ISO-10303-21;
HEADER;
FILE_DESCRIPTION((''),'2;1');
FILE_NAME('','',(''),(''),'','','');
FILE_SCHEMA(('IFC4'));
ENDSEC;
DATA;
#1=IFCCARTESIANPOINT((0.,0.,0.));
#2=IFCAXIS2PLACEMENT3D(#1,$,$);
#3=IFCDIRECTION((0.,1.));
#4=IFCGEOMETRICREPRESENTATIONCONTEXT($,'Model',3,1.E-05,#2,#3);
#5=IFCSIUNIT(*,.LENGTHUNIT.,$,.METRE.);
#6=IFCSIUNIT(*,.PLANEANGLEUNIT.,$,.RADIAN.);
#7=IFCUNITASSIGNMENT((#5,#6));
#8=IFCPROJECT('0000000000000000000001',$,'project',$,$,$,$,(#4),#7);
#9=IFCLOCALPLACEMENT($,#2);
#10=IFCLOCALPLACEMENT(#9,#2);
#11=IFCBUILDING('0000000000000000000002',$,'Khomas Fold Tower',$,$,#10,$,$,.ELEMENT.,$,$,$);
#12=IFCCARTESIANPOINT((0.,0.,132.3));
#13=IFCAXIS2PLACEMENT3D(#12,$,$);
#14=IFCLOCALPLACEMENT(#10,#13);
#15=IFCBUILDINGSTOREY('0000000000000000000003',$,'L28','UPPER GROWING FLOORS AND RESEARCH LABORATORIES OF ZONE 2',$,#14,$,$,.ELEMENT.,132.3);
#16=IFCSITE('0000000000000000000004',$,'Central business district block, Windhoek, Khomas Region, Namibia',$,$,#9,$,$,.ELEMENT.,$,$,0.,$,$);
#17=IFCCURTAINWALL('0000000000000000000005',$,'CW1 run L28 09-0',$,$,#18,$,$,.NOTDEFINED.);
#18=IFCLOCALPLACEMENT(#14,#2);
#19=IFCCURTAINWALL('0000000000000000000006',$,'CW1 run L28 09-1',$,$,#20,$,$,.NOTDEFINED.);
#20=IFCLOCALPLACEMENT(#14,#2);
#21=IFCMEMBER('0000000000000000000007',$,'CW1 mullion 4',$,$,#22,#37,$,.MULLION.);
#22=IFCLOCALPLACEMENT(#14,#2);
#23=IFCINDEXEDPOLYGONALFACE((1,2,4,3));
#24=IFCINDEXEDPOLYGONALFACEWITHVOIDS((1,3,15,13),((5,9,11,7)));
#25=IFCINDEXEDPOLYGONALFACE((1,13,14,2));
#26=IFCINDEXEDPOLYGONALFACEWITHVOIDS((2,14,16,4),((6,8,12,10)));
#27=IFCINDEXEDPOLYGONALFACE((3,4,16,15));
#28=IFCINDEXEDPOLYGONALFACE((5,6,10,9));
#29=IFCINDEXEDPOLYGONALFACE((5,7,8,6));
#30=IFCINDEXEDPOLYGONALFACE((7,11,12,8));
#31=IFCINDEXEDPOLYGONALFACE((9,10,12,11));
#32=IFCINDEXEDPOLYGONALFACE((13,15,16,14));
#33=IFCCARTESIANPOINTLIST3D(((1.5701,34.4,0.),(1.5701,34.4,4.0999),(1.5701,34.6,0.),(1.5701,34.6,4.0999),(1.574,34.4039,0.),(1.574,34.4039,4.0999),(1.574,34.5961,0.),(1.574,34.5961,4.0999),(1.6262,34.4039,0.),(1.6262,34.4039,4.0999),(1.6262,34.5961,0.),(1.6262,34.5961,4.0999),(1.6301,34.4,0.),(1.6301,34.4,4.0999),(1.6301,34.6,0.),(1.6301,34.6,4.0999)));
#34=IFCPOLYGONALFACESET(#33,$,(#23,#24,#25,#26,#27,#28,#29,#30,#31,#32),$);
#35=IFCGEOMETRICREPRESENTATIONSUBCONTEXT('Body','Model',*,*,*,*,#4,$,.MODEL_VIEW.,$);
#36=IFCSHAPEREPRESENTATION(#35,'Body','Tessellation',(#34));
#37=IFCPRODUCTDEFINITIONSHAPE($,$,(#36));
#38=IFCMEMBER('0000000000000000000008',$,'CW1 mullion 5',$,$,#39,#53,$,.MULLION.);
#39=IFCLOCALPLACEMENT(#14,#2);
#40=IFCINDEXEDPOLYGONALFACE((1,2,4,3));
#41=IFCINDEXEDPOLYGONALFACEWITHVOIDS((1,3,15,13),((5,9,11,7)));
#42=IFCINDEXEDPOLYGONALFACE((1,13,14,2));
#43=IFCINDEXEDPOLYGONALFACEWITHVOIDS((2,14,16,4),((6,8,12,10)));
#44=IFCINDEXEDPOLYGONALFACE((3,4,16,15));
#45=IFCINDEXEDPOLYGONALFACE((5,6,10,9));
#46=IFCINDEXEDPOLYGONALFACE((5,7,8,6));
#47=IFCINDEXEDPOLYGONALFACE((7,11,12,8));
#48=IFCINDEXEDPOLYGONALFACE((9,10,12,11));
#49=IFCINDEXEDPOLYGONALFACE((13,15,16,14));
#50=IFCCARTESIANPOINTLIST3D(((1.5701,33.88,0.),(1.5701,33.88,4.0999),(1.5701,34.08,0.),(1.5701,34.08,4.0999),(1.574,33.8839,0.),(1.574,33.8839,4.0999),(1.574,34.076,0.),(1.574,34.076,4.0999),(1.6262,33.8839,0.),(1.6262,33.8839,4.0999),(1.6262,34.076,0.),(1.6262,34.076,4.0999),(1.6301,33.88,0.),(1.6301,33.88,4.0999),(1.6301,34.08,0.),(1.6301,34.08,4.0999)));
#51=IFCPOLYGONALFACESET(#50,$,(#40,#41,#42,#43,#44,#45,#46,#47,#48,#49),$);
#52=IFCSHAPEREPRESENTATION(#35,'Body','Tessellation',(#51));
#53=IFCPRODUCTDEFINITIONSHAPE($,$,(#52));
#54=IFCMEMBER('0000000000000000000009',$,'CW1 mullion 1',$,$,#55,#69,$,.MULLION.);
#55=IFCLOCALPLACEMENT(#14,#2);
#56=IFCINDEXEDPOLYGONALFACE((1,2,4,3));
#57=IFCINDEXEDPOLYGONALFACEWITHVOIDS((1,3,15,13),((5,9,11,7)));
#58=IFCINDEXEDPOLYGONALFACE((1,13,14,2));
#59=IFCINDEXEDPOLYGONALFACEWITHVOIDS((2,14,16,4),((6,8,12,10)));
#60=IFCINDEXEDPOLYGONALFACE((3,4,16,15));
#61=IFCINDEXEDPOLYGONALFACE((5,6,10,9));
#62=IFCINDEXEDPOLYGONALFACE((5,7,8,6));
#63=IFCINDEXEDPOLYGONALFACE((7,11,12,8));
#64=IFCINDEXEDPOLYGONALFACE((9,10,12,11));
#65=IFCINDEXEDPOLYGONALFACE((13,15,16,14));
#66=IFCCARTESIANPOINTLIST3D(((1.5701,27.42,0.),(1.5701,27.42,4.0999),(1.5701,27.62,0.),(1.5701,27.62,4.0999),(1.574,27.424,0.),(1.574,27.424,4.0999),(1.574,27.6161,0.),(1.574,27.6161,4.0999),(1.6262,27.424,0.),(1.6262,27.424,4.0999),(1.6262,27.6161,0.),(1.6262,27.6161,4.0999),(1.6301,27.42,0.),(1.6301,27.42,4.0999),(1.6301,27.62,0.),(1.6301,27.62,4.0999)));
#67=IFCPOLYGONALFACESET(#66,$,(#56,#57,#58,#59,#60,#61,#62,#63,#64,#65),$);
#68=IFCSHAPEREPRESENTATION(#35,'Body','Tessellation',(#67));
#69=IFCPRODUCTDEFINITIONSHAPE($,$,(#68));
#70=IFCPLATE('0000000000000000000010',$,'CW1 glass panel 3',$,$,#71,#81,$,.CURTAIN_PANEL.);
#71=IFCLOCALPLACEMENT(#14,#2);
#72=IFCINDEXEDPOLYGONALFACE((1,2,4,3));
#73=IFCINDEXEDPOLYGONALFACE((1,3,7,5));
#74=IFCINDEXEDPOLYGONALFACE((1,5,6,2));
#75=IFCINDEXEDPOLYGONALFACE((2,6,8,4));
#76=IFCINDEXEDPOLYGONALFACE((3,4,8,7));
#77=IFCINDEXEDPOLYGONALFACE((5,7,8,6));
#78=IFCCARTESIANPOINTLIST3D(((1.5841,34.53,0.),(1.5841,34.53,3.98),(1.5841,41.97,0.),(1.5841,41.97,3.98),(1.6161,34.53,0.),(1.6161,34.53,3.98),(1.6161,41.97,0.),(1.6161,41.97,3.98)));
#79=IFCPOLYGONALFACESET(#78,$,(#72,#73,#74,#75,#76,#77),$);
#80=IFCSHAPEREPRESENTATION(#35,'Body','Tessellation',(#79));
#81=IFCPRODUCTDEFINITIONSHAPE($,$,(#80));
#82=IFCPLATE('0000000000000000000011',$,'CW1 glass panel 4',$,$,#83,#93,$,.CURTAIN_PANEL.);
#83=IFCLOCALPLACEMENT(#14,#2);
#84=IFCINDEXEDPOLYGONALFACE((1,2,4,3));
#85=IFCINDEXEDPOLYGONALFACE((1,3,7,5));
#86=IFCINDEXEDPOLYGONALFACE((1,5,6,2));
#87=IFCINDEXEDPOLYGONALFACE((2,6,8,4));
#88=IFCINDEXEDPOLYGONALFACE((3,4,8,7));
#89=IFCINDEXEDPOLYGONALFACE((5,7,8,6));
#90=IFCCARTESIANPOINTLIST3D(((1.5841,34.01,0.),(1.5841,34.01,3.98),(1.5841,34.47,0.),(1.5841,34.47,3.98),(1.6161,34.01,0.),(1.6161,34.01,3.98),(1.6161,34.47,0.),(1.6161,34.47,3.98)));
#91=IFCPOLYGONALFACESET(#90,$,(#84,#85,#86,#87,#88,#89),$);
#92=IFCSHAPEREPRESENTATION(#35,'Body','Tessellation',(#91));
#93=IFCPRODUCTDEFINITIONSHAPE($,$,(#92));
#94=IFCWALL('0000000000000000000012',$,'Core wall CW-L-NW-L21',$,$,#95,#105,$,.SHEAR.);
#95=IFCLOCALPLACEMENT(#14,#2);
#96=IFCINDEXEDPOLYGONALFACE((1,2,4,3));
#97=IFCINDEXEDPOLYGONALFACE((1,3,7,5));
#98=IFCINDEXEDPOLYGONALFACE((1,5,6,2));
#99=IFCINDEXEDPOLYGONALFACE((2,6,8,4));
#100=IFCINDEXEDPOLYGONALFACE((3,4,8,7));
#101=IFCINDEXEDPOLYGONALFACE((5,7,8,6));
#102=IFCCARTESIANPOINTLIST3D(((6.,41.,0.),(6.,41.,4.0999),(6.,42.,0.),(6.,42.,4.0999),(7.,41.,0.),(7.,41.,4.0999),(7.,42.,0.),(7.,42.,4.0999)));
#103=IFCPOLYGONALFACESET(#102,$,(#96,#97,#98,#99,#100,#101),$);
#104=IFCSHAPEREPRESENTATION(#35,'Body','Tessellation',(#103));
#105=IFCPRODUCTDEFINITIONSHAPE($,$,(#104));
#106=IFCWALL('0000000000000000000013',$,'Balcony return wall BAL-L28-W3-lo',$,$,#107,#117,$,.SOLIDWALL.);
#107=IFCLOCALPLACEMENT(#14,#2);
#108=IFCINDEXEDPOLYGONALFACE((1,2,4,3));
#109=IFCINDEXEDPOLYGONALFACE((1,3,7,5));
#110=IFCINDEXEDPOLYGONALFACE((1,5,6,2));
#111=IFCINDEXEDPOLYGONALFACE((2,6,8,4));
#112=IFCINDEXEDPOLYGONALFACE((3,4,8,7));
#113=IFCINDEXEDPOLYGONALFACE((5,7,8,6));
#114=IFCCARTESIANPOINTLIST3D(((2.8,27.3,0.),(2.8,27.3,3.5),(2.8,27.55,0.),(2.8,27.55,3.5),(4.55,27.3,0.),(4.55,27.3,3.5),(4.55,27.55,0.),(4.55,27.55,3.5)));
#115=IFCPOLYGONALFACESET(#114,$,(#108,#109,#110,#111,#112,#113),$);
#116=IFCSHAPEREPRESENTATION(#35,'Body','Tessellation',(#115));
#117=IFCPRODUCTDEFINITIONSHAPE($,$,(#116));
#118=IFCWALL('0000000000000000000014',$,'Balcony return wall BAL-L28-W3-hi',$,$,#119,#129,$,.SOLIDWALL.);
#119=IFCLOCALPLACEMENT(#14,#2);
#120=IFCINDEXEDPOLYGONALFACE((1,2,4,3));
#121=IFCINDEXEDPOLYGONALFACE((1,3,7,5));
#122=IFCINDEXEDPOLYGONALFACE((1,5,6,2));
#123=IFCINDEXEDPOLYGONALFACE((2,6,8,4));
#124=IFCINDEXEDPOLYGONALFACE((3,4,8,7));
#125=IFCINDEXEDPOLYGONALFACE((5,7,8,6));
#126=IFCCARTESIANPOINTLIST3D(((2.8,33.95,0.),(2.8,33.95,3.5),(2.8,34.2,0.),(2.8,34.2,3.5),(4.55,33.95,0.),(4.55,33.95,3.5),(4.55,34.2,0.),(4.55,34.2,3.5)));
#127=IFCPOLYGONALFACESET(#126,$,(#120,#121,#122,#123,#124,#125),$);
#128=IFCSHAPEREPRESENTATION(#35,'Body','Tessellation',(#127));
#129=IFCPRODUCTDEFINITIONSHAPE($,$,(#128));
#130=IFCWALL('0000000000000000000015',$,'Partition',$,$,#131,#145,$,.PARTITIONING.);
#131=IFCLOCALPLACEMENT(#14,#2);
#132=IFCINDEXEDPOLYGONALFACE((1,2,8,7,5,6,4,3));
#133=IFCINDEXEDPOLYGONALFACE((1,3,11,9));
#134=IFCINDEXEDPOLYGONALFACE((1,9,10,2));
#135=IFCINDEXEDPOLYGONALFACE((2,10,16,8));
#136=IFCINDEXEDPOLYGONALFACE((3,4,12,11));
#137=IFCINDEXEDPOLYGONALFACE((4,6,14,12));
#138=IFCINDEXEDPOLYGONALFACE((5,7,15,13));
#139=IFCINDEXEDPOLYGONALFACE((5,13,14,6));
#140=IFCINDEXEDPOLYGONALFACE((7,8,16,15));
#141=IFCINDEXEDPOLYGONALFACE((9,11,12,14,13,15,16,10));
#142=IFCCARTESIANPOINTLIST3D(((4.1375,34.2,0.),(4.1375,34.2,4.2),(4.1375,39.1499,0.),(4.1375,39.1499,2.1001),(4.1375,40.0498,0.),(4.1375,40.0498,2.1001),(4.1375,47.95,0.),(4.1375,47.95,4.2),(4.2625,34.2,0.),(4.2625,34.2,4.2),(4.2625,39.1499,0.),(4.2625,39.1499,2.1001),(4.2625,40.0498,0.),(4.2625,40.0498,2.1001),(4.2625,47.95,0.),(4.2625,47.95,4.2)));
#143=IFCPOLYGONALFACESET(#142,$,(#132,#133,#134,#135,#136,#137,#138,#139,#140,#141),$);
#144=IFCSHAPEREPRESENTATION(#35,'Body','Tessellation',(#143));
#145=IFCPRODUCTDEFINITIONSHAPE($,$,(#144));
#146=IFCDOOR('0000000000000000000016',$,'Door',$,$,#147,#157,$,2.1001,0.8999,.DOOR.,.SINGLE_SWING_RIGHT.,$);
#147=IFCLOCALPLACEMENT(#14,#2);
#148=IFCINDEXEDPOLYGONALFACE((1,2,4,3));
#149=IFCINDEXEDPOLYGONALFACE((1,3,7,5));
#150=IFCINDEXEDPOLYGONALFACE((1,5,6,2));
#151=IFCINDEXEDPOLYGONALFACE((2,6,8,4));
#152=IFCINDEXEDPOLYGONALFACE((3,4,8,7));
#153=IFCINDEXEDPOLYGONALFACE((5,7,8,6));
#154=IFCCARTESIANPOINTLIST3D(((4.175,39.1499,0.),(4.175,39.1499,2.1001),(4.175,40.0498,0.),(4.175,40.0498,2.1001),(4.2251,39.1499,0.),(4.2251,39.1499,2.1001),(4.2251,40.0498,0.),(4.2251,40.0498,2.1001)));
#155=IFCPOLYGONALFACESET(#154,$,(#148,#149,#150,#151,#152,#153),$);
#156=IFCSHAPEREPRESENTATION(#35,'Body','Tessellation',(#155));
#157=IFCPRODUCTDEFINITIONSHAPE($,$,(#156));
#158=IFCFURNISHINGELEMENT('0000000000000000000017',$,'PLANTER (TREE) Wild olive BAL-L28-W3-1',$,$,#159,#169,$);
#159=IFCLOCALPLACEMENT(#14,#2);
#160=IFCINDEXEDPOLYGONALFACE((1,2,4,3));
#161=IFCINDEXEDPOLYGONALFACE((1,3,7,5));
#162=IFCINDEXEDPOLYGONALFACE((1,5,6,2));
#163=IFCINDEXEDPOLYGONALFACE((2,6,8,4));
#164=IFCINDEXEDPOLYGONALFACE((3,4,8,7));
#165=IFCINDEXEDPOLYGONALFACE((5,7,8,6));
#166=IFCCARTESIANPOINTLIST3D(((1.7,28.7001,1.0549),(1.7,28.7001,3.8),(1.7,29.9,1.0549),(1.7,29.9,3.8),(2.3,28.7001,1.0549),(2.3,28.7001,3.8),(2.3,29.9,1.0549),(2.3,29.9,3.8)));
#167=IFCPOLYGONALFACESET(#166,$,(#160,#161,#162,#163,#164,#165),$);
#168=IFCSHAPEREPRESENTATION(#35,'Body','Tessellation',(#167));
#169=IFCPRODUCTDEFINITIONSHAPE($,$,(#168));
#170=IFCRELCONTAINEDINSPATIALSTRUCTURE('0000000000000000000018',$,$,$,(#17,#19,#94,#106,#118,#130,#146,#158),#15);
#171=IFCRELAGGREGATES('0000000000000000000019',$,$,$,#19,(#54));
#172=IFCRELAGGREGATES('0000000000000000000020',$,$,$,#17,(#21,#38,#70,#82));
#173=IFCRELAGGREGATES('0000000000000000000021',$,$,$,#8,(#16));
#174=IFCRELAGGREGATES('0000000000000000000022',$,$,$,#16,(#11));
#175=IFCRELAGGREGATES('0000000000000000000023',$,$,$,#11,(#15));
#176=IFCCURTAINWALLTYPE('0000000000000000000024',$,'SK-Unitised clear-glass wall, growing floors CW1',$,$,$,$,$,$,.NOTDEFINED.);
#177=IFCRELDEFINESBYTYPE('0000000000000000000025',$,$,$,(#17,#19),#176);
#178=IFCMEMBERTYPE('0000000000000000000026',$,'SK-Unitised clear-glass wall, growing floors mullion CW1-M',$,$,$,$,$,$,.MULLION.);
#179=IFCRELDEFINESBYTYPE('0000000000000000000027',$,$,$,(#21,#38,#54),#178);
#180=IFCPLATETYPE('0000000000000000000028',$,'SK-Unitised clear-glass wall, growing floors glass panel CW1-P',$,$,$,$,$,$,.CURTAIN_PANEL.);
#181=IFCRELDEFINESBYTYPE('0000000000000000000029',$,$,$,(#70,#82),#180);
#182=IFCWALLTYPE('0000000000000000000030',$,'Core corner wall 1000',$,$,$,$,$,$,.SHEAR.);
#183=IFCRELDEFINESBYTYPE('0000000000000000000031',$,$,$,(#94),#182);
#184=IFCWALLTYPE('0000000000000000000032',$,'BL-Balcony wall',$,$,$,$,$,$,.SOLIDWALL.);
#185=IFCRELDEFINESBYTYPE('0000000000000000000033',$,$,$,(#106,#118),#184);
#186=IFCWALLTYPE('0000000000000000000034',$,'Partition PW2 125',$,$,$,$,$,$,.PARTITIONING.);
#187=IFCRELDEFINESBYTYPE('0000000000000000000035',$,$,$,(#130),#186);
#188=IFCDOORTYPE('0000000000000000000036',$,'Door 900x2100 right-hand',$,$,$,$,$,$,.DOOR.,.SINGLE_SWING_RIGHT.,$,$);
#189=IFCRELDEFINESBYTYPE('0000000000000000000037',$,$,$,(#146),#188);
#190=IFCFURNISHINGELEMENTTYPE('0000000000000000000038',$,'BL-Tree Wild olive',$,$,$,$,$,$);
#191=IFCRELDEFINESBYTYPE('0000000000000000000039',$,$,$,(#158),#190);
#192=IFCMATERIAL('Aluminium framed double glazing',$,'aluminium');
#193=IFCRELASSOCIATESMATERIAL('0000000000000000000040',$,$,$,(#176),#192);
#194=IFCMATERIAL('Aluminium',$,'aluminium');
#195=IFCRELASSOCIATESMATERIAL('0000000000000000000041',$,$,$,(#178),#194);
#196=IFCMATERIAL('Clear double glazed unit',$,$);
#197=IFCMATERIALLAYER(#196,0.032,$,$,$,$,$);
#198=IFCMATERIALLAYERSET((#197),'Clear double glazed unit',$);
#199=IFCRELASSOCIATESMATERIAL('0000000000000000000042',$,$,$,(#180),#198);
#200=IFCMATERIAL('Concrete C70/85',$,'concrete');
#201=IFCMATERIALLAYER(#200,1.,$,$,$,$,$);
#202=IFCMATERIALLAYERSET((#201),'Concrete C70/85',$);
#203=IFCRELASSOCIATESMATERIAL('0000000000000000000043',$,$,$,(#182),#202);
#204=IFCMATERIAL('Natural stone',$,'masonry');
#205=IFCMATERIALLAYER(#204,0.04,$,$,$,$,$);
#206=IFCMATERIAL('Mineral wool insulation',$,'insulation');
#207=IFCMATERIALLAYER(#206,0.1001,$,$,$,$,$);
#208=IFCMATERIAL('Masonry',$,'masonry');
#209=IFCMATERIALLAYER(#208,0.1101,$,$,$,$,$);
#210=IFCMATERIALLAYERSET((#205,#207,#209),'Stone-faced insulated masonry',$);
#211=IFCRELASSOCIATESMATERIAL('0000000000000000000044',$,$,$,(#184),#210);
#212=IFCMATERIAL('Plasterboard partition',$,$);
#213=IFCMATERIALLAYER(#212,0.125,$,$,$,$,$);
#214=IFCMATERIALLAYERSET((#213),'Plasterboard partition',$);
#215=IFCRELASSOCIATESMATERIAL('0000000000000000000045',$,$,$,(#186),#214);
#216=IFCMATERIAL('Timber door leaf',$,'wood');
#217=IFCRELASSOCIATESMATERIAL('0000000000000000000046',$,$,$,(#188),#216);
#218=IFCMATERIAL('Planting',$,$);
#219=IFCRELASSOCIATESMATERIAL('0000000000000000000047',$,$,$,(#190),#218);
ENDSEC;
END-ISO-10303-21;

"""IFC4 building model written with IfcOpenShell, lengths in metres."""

from ifc_helpers import new_model, si_unit, direction, frame, frame_2d, origin, origin_2d, place, context, subcontext, project, spatial, rectangle, hollow_rectangle, extrude, source, transform, mapped, material, layer, layer_set, material_profile, profile_set, type_object, element, fill, aggregate, save


model = new_model("IFC4")

# Units and contexts
model_context = context("Model", 3, precision=1e-05, world=origin(), true_north=direction((0.0, 1.0)))
body_context = subcontext(model_context, "Body", "Model", "MODEL_VIEW")
ifc_project = project(units=[si_unit("LENGTHUNIT", "METRE"), si_unit("PLANEANGLEUNIT", "RADIAN")], contexts=[model_context])

# Site, building, storey
site_placement = place(None, origin())
site = spatial("IfcSite", under=ifc_project, at=site_placement, Name="Central business district block, Windhoek, Khomas Region, Namibia", CompositionType="ELEMENT", RefElevation=0.0)
building_placement = place(site_placement, origin())
building = spatial("IfcBuilding", under=site, at=building_placement, Name="Khomas Fold Tower", CompositionType="ELEMENT")
storey_placement = place(building_placement, frame((0.0, 0.0, 132.3)))
storey = spatial("IfcBuildingStorey", under=building, at=storey_placement, Name="L28", Description="UPPER GROWING FLOORS AND RESEARCH LABORATORIES OF ZONE 2", CompositionType="ELEMENT", Elevation=132.3)

# Curtain wall
ifc_material_1 = material(Name="Aluminium framed double glazing", Category="aluminium")
curtain_wall_type = type_object("IfcCurtainWallType", Name="SK-Unitised clear-glass wall, growing floors CW1", PredefinedType="NOTDEFINED", material=ifc_material_1)
curtain_wall_1_placement = place(storey_placement, origin())
curtain_wall_1 = element("IfcCurtainWall", 1, at=curtain_wall_1_placement, inside=storey, type_object=curtain_wall_type, Name="CW1 run L28 09-0", PredefinedType="NOTDEFINED")

# Curtain wall
curtain_wall_2_placement = place(storey_placement, origin())
curtain_wall_2 = element("IfcCurtainWall", 2, at=curtain_wall_2_placement, inside=storey, type_object=curtain_wall_type, Name="CW1 run L28 09-1", PredefinedType="NOTDEFINED")

# Members
ifc_material_2 = material(Name="Aluminium", Category="aluminium")
ifc_material_profile_1 = material_profile(ifc_material_2, hollow_rectangle(XDim=0.0601, YDim=0.2, WallThickness=0.0039, at=origin_2d()), Name="SK-Unitised clear-glass wall, growing floors mullion CW1-M")
ifc_profile_set_1 = profile_set([ifc_material_profile_1], Name="Aluminium")
member_type_1 = type_object("IfcMemberType", Name="SK-Unitised clear-glass wall, growing floors mullion CW1-M", PredefinedType="MULLION", material=ifc_profile_set_1)
shared_shape_1 = source(origin(), body_context, "Body", "SweptSolid", [
    extrude(hollow_rectangle(XDim=0.0601, YDim=0.2, WallThickness=0.0039, at=origin_2d()), origin(), (0.0, 0.0, 1.0), 4.0999),
])
member_1_placement = place(storey_placement, frame((1.6001, 34.5, 0.0), z_axis=(0.0, 0.0, 1.0), x_axis=(1.0, 0.0, 0.0)))
member_1 = element("IfcMember", 3, at=member_1_placement, type_object=member_type_1, Name="CW1 mullion 4", PredefinedType="MULLION", context=body_context, shape_type="MappedRepresentation", body=[
    mapped(shared_shape_1, transform((0.0, 0.0, 0.0))),
])
member_2_placement = place(storey_placement, frame((1.6001, 33.98, 0.0), z_axis=(0.0, 0.0, 1.0), x_axis=(1.0, 0.0, 0.0)))
member_2 = element("IfcMember", 4, at=member_2_placement, type_object=member_type_1, Name="CW1 mullion 5", PredefinedType="MULLION", context=body_context, shape_type="MappedRepresentation", body=[
    mapped(shared_shape_1, transform((0.0, 0.0, 0.0))),
])
member_3_placement = place(storey_placement, frame((1.6001, 27.52, 0.0), z_axis=(0.0, 0.0, 1.0), x_axis=(1.0, 0.0, 0.0)))
member_3 = element("IfcMember", 5, at=member_3_placement, type_object=member_type_1, Name="CW1 mullion 1", PredefinedType="MULLION", context=body_context, shape_type="MappedRepresentation", body=[
    mapped(shared_shape_1, transform((0.0, 0.0, 0.0))),
])
aggregate(curtain_wall_2, [member_3])

# Plates
ifc_material_3 = material(Name="Clear double glazed unit")
ifc_layer_1 = layer(ifc_material_3, 0.032)
ifc_layer_set_1 = layer_set([ifc_layer_1], Name="Clear double glazed unit")
plate_type = type_object("IfcPlateType", Name="SK-Unitised clear-glass wall, growing floors glass panel CW1-P", PredefinedType="CURTAIN_PANEL", material=ifc_layer_set_1)
shared_shape_2 = source(origin(), body_context, "Body", "SweptSolid", [
    extrude(rectangle(XDim=7.4399, YDim=0.032, at=origin_2d()), origin(), (0.0, 0.0, 1.0), 3.98),
])
plate_1_placement = place(storey_placement, frame((1.6001, 38.25, 0.0), z_axis=(0.0, 0.0, 1.0), x_axis=(0.0, -1.0, 0.0)))
plate_1 = element("IfcPlate", 6, at=plate_1_placement, type_object=plate_type, Name="CW1 glass panel 3", PredefinedType="CURTAIN_PANEL", context=body_context, shape_type="MappedRepresentation", body=[
    mapped(shared_shape_2, transform((0.0, 0.0, 0.0))),
])
shared_shape_3 = source(origin(), body_context, "Body", "SweptSolid", [
    extrude(rectangle(XDim=0.46, YDim=0.032, at=origin_2d()), origin(), (0.0, 0.0, 1.0), 3.98),
])
plate_2_placement = place(storey_placement, frame((1.6001, 34.24, 0.0), z_axis=(0.0, 0.0, 1.0), x_axis=(0.0, -1.0, 0.0)))
plate_2 = element("IfcPlate", 7, at=plate_2_placement, type_object=plate_type, Name="CW1 glass panel 4", PredefinedType="CURTAIN_PANEL", context=body_context, shape_type="MappedRepresentation", body=[
    mapped(shared_shape_3, transform((0.0, 0.0, 0.0))),
])
aggregate(curtain_wall_1, [member_1, member_2, plate_1, plate_2])

# Wall
ifc_material_4 = material(Name="Concrete C70/85", Category="concrete")
ifc_layer_2 = layer(ifc_material_4, 1.0)
ifc_layer_set_2 = layer_set([ifc_layer_2], Name="Concrete C70/85")
wall_type_1 = type_object("IfcWallType", Name="Core corner wall 1000", PredefinedType="SHEAR", material=ifc_layer_set_2)
shared_shape_4 = source(origin(), body_context, "Body", "SweptSolid", [
    extrude(rectangle(XDim=1.0, YDim=1.0, at=frame_2d((0.5, 0.0))), origin(), (0.0, 0.0, 1.0), 4.0999),
])
wall_1_placement = place(storey_placement, frame((6.0, 41.5, 0.0), z_axis=(0.0, 0.0, 1.0), x_axis=(1.0, 0.0, 0.0)))
element("IfcWall", 8, at=wall_1_placement, inside=storey, type_object=wall_type_1, Name="Core wall CW-L-NW-L21", PredefinedType="SHEAR", context=body_context, shape_type="MappedRepresentation", body=[
    mapped(shared_shape_4, transform((0.0, 0.0, 0.0))),
])

# Shared definitions
ifc_material_5 = material(Name="Natural stone", Category="masonry")
ifc_layer_3 = layer(ifc_material_5, 0.04)
ifc_material_6 = material(Name="Mineral wool insulation", Category="insulation")
ifc_layer_4 = layer(ifc_material_6, 0.1001)
ifc_material_7 = material(Name="Masonry", Category="masonry")
ifc_layer_5 = layer(ifc_material_7, 0.1101)
ifc_layer_set_3 = layer_set([ifc_layer_3, ifc_layer_4, ifc_layer_5], Name="Stone-faced insulated masonry")
wall_type_2 = type_object("IfcWallType", Name="BL-Balcony wall", PredefinedType="SOLIDWALL", material=ifc_layer_set_3)

# Walls
shared_shape_5 = source(origin(), body_context, "Body", "SweptSolid", [
    extrude(rectangle(XDim=1.75, YDim=0.25, at=frame_2d((0.875, 0.0))), origin(), (0.0, 0.0, 1.0), 3.5),
])
for number, where, z_axis, x_axis, name in (
    (9, (2.8, 27.425, 0.0), (0.0, 0.0, 1.0), (1.0, 0.0, 0.0), "Balcony return wall BAL-L28-W3-lo"),
    (10, (2.8, 34.075, 0.0), (0.0, 0.0, 1.0), (1.0, 0.0, 0.0), "Balcony return wall BAL-L28-W3-hi"),
):
    element("IfcWall", number, at=place(storey_placement, frame(where, z_axis=z_axis, x_axis=x_axis)), inside=storey, type_object=wall_type_2, Name=name, PredefinedType="SOLIDWALL", context=body_context, shape_type="MappedRepresentation", body=[
        mapped(shared_shape_5, transform((0.0, 0.0, 0.0))),
    ])

# Wall, opening, door
ifc_material_8 = material(Name="Plasterboard partition")
ifc_layer_6 = layer(ifc_material_8, 0.125)
ifc_layer_set_4 = layer_set([ifc_layer_6], Name="Plasterboard partition")
wall_type_3 = type_object("IfcWallType", Name="Partition PW2 125", PredefinedType="PARTITIONING", material=ifc_layer_set_4)
shared_shape_6 = source(origin(), body_context, "Body", "SweptSolid", [
    extrude(rectangle(XDim=13.75, YDim=0.125, at=frame_2d((6.875, 0.0))), origin(), (0.0, 0.0, 1.0), 4.2),
])
wall_2_placement = place(storey_placement, frame((4.2, 34.2, 0.0), z_axis=(0.0, 0.0, 1.0), x_axis=(0.0, 1.0, 0.0)))
wall_2 = element("IfcWall", 11, at=wall_2_placement, inside=storey, type_object=wall_type_3, Name="Partition", PredefinedType="PARTITIONING", context=body_context, shape_type="MappedRepresentation", body=[
    mapped(shared_shape_6, transform((0.0, 0.0, 0.0))),
])
shared_shape_7 = source(origin(), body_context, "Body", "SweptSolid", [
    extrude(rectangle(XDim=0.8999, YDim=2.1001, at=frame_2d((0.45, 1.05))), frame((0.0, 0.0725, 0.0), z_axis=(0.0, -1.0, 0.0), x_axis=(1.0, 0.0, 0.0)), (0.0, 0.0, 1.0), 0.145),
])
opening_1_placement = place(wall_2_placement, frame((4.95, 0.0, 0.0)))
opening_1 = element("IfcOpeningElement", 12, at=opening_1_placement, cuts=wall_2, PredefinedType="OPENING", context=body_context, shape_type="MappedRepresentation", body=[
    mapped(shared_shape_7, transform((0.0, 0.0, 0.0))),
])
ifc_material_9 = material(Name="Timber door leaf", Category="wood")
door_type_1 = type_object("IfcDoorType", Name="Door 900x2100 right-hand", OperationType="SINGLE_SWING_RIGHT", PredefinedType="DOOR", material=ifc_material_9)
shared_shape_8 = source(origin(), body_context, "Body", "SweptSolid", [
    extrude(rectangle(XDim=0.8999, YDim=2.1001, at=frame_2d((0.45, 1.05))), frame((0.0, 0.0249, 0.0), z_axis=(0.0, -1.0, 0.0), x_axis=(1.0, 0.0, 0.0)), (0.0, 0.0, 1.0), 0.05),
])
door_1_placement = place(opening_1_placement, origin())
door_1 = element("IfcDoor", 13, at=door_1_placement, inside=storey, type_object=door_type_1, Name="Door", OperationType="SINGLE_SWING_RIGHT", OverallHeight=2.1001, OverallWidth=0.8999, PredefinedType="DOOR", context=body_context, shape_type="MappedRepresentation", body=[
    mapped(shared_shape_8, transform((0.0, 0.0, 0.0))),
])
fill(opening_1, door_1)

# Furnishing element
ifc_material_10 = material(Name="Planting")
furnishing_element_type_1 = type_object("IfcFurnishingElementType", Name="BL-Tree Wild olive", material=ifc_material_10)
shared_shape_9 = source(origin(), body_context, "Body", "SweptSolid", [
    extrude(rectangle(XDim=1.2, YDim=0.6001, at=origin_2d()), origin(), (0.0, 0.0, 1.0), 2.7451),
])
furnishing_1_placement = place(storey_placement, frame((2.0, 29.3, 1.0549), z_axis=(0.0, 0.0, 1.0), x_axis=(0.0, 1.0, 0.0)))
element("IfcFurnishingElement", 14, at=furnishing_1_placement, inside=storey, type_object=furnishing_element_type_1, Name="PLANTER (TREE) Wild olive BAL-L28-W3-1", context=body_context, shape_type="MappedRepresentation", body=[
    mapped(shared_shape_9, transform((0.0, 0.0, 0.0))),
])

save(model, "model.ifc")
